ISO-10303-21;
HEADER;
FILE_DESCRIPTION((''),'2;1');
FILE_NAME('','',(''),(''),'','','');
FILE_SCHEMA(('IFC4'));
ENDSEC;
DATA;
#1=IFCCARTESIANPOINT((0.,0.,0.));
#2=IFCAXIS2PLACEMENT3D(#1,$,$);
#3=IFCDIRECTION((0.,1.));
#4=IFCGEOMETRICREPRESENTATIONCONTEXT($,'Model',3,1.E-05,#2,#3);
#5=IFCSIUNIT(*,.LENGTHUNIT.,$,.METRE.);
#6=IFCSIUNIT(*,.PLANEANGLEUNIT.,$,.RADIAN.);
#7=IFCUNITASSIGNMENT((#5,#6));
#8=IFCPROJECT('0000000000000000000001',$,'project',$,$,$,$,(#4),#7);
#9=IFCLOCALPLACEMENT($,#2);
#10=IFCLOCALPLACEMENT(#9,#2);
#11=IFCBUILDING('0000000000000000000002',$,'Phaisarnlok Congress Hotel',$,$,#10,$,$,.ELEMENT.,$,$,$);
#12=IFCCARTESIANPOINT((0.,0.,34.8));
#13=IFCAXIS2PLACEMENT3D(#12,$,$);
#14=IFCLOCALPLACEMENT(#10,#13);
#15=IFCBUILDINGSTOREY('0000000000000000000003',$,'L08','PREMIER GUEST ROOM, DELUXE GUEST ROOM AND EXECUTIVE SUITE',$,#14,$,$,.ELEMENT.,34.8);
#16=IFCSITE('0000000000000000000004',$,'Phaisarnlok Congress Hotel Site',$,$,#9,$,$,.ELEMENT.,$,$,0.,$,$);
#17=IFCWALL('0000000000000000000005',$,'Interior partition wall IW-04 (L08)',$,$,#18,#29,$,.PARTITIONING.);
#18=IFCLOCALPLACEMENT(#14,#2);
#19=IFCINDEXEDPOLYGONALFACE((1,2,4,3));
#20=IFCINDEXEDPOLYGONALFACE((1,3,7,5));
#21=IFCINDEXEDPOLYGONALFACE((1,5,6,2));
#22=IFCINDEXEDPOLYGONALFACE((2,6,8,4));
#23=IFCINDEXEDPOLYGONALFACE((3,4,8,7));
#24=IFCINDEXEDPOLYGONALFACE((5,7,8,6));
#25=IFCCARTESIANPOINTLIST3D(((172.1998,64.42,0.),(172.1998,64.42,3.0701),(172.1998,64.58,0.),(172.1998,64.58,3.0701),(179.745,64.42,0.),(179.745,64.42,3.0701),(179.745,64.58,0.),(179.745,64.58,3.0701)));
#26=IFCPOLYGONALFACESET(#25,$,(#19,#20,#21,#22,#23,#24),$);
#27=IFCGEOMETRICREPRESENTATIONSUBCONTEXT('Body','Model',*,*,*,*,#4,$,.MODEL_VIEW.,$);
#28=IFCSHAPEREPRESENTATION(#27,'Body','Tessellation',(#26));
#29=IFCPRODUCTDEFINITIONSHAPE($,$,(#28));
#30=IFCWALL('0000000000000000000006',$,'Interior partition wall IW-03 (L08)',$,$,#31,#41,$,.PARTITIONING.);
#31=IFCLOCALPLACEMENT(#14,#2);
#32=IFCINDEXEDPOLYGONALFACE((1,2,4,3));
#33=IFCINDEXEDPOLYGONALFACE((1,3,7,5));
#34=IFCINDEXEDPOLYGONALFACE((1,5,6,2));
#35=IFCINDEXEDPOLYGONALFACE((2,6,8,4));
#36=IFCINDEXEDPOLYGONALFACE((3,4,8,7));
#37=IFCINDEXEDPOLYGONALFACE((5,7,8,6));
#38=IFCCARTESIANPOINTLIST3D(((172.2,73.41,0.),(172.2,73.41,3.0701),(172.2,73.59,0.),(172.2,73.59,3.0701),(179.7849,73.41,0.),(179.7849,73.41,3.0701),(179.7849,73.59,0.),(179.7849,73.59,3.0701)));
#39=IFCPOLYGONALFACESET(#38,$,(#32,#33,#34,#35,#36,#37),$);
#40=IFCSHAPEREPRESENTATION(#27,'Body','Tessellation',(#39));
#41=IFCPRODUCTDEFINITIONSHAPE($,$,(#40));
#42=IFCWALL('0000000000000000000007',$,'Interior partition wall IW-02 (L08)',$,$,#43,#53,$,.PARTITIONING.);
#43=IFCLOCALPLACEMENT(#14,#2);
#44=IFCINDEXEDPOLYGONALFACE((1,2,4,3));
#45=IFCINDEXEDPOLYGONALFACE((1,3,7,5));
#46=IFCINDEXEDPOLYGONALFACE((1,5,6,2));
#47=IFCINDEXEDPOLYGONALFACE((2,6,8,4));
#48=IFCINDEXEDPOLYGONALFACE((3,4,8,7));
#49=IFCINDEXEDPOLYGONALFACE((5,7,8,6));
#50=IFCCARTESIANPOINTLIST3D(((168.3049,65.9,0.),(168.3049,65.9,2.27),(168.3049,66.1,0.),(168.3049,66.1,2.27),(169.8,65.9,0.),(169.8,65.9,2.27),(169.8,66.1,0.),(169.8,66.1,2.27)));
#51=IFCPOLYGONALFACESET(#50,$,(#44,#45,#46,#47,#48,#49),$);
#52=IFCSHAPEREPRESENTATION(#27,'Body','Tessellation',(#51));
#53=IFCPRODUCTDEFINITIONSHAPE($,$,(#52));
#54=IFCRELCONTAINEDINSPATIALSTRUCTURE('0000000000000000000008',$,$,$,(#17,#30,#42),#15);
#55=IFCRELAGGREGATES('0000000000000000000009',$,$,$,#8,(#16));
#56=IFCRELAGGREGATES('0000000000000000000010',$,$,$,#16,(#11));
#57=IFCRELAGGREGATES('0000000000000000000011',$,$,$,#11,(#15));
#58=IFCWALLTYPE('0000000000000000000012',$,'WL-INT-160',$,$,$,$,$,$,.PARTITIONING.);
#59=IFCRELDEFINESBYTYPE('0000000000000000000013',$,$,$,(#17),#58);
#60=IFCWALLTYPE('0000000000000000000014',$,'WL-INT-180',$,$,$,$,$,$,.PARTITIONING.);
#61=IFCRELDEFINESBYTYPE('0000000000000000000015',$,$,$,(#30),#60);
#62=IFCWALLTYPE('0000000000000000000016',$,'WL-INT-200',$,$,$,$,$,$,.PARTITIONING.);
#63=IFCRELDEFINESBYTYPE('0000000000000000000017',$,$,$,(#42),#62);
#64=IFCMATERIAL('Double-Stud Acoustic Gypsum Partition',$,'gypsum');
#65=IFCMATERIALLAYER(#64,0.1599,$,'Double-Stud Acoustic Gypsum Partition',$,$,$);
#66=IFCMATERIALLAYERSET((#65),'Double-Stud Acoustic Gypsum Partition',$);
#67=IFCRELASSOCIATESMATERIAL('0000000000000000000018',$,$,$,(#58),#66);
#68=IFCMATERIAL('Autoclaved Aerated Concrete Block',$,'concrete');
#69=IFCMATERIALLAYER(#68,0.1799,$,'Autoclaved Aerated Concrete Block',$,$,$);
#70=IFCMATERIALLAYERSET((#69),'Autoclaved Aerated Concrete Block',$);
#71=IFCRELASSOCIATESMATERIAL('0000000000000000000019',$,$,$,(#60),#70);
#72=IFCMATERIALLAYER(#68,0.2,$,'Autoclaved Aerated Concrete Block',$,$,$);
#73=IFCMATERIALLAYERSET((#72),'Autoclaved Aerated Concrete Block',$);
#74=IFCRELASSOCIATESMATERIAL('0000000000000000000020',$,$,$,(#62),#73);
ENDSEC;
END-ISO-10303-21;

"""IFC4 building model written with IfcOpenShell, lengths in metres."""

from ifc_helpers import new_model, si_unit, direction, frame, frame_2d, origin, place, context, subcontext, project, spatial, rectangle, extrude, material, layer, layer_set, type_object, element, save


model = new_model("IFC4")

# Units and contexts
model_context = context("Model", 3, precision=1e-05, world=origin(), true_north=direction((0.0, 1.0)))
body_context = subcontext(model_context, "Body", "Model", "MODEL_VIEW")
ifc_project = project(units=[si_unit("LENGTHUNIT", "METRE"), si_unit("PLANEANGLEUNIT", "RADIAN")], contexts=[model_context])

# Site, building, storey
site_placement = place(None, origin())
site = spatial("IfcSite", under=ifc_project, at=site_placement, Name="Phaisarnlok Congress Hotel Site", CompositionType="ELEMENT", RefElevation=0.0)
building_placement = place(site_placement, origin())
building = spatial("IfcBuilding", under=site, at=building_placement, Name="Phaisarnlok Congress Hotel", CompositionType="ELEMENT")
storey_placement = place(building_placement, frame((0.0, 0.0, 34.8)))
storey = spatial("IfcBuildingStorey", under=building, at=storey_placement, Name="L08", Description="PREMIER GUEST ROOM, DELUXE GUEST ROOM AND EXECUTIVE SUITE", CompositionType="ELEMENT", Elevation=34.8)

# Walls
ifc_material_1 = material(Name="Double-Stud Acoustic Gypsum Partition", Category="gypsum")
ifc_layer_1 = layer(ifc_material_1, 0.1599, Name="Double-Stud Acoustic Gypsum Partition")
ifc_layer_set_1 = layer_set([ifc_layer_1], Name="Double-Stud Acoustic Gypsum Partition")
wall_type_1 = type_object("IfcWallType", Name="WL-INT-160", PredefinedType="PARTITIONING", material=ifc_layer_set_1)
wall_1_placement = place(storey_placement, frame((172.2, 64.5, 0.0), z_axis=(0.0, 0.0, 1.0), x_axis=(1.0, 0.0, 0.0)))
element("IfcWall", 1, at=wall_1_placement, inside=storey, type_object=wall_type_1, Name="Interior partition wall IW-04 (L08)", PredefinedType="PARTITIONING", context=body_context, shape_type="SweptSolid", body=[
    extrude(rectangle(XDim=7.5452, YDim=0.1599, at=frame_2d((3.7725, 0.0))), origin(), (0.0, 0.0, 1.0), 3.0701),
])
ifc_material_2 = material(Name="Autoclaved Aerated Concrete Block", Category="concrete")
ifc_layer_2 = layer(ifc_material_2, 0.1799, Name="Autoclaved Aerated Concrete Block")
ifc_layer_set_2 = layer_set([ifc_layer_2], Name="Autoclaved Aerated Concrete Block")
wall_type_2 = type_object("IfcWallType", Name="WL-INT-180", PredefinedType="PARTITIONING", material=ifc_layer_set_2)
wall_2_placement = place(storey_placement, frame((172.2, 73.5, 0.0), z_axis=(0.0, 0.0, 1.0), x_axis=(1.0, 0.0, 0.0)))
element("IfcWall", 2, at=wall_2_placement, inside=storey, type_object=wall_type_2, Name="Interior partition wall IW-03 (L08)", PredefinedType="PARTITIONING", context=body_context, shape_type="SweptSolid", body=[
    extrude(rectangle(XDim=7.585, YDim=0.1799, at=frame_2d((3.7925, 0.0))), origin(), (0.0, 0.0, 1.0), 3.0701),
])
ifc_layer_3 = layer(ifc_material_2, 0.2, Name="Autoclaved Aerated Concrete Block")
ifc_layer_set_3 = layer_set([ifc_layer_3], Name="Autoclaved Aerated Concrete Block")
wall_type_3 = type_object("IfcWallType", Name="WL-INT-200", PredefinedType="PARTITIONING", material=ifc_layer_set_3)
wall_3_placement = place(storey_placement, frame((168.3049, 66.0, 0.0), z_axis=(0.0, 0.0, 1.0), x_axis=(1.0, 0.0, 0.0)))
element("IfcWall", 3, at=wall_3_placement, inside=storey, type_object=wall_type_3, Name="Interior partition wall IW-02 (L08)", PredefinedType="PARTITIONING", context=body_context, shape_type="SweptSolid", body=[
    extrude(rectangle(XDim=1.4951, YDim=0.2, at=frame_2d((0.7476, 0.0))), origin(), (0.0, 0.0, 1.0), 2.27),
])

save(model, "model.ifc")
